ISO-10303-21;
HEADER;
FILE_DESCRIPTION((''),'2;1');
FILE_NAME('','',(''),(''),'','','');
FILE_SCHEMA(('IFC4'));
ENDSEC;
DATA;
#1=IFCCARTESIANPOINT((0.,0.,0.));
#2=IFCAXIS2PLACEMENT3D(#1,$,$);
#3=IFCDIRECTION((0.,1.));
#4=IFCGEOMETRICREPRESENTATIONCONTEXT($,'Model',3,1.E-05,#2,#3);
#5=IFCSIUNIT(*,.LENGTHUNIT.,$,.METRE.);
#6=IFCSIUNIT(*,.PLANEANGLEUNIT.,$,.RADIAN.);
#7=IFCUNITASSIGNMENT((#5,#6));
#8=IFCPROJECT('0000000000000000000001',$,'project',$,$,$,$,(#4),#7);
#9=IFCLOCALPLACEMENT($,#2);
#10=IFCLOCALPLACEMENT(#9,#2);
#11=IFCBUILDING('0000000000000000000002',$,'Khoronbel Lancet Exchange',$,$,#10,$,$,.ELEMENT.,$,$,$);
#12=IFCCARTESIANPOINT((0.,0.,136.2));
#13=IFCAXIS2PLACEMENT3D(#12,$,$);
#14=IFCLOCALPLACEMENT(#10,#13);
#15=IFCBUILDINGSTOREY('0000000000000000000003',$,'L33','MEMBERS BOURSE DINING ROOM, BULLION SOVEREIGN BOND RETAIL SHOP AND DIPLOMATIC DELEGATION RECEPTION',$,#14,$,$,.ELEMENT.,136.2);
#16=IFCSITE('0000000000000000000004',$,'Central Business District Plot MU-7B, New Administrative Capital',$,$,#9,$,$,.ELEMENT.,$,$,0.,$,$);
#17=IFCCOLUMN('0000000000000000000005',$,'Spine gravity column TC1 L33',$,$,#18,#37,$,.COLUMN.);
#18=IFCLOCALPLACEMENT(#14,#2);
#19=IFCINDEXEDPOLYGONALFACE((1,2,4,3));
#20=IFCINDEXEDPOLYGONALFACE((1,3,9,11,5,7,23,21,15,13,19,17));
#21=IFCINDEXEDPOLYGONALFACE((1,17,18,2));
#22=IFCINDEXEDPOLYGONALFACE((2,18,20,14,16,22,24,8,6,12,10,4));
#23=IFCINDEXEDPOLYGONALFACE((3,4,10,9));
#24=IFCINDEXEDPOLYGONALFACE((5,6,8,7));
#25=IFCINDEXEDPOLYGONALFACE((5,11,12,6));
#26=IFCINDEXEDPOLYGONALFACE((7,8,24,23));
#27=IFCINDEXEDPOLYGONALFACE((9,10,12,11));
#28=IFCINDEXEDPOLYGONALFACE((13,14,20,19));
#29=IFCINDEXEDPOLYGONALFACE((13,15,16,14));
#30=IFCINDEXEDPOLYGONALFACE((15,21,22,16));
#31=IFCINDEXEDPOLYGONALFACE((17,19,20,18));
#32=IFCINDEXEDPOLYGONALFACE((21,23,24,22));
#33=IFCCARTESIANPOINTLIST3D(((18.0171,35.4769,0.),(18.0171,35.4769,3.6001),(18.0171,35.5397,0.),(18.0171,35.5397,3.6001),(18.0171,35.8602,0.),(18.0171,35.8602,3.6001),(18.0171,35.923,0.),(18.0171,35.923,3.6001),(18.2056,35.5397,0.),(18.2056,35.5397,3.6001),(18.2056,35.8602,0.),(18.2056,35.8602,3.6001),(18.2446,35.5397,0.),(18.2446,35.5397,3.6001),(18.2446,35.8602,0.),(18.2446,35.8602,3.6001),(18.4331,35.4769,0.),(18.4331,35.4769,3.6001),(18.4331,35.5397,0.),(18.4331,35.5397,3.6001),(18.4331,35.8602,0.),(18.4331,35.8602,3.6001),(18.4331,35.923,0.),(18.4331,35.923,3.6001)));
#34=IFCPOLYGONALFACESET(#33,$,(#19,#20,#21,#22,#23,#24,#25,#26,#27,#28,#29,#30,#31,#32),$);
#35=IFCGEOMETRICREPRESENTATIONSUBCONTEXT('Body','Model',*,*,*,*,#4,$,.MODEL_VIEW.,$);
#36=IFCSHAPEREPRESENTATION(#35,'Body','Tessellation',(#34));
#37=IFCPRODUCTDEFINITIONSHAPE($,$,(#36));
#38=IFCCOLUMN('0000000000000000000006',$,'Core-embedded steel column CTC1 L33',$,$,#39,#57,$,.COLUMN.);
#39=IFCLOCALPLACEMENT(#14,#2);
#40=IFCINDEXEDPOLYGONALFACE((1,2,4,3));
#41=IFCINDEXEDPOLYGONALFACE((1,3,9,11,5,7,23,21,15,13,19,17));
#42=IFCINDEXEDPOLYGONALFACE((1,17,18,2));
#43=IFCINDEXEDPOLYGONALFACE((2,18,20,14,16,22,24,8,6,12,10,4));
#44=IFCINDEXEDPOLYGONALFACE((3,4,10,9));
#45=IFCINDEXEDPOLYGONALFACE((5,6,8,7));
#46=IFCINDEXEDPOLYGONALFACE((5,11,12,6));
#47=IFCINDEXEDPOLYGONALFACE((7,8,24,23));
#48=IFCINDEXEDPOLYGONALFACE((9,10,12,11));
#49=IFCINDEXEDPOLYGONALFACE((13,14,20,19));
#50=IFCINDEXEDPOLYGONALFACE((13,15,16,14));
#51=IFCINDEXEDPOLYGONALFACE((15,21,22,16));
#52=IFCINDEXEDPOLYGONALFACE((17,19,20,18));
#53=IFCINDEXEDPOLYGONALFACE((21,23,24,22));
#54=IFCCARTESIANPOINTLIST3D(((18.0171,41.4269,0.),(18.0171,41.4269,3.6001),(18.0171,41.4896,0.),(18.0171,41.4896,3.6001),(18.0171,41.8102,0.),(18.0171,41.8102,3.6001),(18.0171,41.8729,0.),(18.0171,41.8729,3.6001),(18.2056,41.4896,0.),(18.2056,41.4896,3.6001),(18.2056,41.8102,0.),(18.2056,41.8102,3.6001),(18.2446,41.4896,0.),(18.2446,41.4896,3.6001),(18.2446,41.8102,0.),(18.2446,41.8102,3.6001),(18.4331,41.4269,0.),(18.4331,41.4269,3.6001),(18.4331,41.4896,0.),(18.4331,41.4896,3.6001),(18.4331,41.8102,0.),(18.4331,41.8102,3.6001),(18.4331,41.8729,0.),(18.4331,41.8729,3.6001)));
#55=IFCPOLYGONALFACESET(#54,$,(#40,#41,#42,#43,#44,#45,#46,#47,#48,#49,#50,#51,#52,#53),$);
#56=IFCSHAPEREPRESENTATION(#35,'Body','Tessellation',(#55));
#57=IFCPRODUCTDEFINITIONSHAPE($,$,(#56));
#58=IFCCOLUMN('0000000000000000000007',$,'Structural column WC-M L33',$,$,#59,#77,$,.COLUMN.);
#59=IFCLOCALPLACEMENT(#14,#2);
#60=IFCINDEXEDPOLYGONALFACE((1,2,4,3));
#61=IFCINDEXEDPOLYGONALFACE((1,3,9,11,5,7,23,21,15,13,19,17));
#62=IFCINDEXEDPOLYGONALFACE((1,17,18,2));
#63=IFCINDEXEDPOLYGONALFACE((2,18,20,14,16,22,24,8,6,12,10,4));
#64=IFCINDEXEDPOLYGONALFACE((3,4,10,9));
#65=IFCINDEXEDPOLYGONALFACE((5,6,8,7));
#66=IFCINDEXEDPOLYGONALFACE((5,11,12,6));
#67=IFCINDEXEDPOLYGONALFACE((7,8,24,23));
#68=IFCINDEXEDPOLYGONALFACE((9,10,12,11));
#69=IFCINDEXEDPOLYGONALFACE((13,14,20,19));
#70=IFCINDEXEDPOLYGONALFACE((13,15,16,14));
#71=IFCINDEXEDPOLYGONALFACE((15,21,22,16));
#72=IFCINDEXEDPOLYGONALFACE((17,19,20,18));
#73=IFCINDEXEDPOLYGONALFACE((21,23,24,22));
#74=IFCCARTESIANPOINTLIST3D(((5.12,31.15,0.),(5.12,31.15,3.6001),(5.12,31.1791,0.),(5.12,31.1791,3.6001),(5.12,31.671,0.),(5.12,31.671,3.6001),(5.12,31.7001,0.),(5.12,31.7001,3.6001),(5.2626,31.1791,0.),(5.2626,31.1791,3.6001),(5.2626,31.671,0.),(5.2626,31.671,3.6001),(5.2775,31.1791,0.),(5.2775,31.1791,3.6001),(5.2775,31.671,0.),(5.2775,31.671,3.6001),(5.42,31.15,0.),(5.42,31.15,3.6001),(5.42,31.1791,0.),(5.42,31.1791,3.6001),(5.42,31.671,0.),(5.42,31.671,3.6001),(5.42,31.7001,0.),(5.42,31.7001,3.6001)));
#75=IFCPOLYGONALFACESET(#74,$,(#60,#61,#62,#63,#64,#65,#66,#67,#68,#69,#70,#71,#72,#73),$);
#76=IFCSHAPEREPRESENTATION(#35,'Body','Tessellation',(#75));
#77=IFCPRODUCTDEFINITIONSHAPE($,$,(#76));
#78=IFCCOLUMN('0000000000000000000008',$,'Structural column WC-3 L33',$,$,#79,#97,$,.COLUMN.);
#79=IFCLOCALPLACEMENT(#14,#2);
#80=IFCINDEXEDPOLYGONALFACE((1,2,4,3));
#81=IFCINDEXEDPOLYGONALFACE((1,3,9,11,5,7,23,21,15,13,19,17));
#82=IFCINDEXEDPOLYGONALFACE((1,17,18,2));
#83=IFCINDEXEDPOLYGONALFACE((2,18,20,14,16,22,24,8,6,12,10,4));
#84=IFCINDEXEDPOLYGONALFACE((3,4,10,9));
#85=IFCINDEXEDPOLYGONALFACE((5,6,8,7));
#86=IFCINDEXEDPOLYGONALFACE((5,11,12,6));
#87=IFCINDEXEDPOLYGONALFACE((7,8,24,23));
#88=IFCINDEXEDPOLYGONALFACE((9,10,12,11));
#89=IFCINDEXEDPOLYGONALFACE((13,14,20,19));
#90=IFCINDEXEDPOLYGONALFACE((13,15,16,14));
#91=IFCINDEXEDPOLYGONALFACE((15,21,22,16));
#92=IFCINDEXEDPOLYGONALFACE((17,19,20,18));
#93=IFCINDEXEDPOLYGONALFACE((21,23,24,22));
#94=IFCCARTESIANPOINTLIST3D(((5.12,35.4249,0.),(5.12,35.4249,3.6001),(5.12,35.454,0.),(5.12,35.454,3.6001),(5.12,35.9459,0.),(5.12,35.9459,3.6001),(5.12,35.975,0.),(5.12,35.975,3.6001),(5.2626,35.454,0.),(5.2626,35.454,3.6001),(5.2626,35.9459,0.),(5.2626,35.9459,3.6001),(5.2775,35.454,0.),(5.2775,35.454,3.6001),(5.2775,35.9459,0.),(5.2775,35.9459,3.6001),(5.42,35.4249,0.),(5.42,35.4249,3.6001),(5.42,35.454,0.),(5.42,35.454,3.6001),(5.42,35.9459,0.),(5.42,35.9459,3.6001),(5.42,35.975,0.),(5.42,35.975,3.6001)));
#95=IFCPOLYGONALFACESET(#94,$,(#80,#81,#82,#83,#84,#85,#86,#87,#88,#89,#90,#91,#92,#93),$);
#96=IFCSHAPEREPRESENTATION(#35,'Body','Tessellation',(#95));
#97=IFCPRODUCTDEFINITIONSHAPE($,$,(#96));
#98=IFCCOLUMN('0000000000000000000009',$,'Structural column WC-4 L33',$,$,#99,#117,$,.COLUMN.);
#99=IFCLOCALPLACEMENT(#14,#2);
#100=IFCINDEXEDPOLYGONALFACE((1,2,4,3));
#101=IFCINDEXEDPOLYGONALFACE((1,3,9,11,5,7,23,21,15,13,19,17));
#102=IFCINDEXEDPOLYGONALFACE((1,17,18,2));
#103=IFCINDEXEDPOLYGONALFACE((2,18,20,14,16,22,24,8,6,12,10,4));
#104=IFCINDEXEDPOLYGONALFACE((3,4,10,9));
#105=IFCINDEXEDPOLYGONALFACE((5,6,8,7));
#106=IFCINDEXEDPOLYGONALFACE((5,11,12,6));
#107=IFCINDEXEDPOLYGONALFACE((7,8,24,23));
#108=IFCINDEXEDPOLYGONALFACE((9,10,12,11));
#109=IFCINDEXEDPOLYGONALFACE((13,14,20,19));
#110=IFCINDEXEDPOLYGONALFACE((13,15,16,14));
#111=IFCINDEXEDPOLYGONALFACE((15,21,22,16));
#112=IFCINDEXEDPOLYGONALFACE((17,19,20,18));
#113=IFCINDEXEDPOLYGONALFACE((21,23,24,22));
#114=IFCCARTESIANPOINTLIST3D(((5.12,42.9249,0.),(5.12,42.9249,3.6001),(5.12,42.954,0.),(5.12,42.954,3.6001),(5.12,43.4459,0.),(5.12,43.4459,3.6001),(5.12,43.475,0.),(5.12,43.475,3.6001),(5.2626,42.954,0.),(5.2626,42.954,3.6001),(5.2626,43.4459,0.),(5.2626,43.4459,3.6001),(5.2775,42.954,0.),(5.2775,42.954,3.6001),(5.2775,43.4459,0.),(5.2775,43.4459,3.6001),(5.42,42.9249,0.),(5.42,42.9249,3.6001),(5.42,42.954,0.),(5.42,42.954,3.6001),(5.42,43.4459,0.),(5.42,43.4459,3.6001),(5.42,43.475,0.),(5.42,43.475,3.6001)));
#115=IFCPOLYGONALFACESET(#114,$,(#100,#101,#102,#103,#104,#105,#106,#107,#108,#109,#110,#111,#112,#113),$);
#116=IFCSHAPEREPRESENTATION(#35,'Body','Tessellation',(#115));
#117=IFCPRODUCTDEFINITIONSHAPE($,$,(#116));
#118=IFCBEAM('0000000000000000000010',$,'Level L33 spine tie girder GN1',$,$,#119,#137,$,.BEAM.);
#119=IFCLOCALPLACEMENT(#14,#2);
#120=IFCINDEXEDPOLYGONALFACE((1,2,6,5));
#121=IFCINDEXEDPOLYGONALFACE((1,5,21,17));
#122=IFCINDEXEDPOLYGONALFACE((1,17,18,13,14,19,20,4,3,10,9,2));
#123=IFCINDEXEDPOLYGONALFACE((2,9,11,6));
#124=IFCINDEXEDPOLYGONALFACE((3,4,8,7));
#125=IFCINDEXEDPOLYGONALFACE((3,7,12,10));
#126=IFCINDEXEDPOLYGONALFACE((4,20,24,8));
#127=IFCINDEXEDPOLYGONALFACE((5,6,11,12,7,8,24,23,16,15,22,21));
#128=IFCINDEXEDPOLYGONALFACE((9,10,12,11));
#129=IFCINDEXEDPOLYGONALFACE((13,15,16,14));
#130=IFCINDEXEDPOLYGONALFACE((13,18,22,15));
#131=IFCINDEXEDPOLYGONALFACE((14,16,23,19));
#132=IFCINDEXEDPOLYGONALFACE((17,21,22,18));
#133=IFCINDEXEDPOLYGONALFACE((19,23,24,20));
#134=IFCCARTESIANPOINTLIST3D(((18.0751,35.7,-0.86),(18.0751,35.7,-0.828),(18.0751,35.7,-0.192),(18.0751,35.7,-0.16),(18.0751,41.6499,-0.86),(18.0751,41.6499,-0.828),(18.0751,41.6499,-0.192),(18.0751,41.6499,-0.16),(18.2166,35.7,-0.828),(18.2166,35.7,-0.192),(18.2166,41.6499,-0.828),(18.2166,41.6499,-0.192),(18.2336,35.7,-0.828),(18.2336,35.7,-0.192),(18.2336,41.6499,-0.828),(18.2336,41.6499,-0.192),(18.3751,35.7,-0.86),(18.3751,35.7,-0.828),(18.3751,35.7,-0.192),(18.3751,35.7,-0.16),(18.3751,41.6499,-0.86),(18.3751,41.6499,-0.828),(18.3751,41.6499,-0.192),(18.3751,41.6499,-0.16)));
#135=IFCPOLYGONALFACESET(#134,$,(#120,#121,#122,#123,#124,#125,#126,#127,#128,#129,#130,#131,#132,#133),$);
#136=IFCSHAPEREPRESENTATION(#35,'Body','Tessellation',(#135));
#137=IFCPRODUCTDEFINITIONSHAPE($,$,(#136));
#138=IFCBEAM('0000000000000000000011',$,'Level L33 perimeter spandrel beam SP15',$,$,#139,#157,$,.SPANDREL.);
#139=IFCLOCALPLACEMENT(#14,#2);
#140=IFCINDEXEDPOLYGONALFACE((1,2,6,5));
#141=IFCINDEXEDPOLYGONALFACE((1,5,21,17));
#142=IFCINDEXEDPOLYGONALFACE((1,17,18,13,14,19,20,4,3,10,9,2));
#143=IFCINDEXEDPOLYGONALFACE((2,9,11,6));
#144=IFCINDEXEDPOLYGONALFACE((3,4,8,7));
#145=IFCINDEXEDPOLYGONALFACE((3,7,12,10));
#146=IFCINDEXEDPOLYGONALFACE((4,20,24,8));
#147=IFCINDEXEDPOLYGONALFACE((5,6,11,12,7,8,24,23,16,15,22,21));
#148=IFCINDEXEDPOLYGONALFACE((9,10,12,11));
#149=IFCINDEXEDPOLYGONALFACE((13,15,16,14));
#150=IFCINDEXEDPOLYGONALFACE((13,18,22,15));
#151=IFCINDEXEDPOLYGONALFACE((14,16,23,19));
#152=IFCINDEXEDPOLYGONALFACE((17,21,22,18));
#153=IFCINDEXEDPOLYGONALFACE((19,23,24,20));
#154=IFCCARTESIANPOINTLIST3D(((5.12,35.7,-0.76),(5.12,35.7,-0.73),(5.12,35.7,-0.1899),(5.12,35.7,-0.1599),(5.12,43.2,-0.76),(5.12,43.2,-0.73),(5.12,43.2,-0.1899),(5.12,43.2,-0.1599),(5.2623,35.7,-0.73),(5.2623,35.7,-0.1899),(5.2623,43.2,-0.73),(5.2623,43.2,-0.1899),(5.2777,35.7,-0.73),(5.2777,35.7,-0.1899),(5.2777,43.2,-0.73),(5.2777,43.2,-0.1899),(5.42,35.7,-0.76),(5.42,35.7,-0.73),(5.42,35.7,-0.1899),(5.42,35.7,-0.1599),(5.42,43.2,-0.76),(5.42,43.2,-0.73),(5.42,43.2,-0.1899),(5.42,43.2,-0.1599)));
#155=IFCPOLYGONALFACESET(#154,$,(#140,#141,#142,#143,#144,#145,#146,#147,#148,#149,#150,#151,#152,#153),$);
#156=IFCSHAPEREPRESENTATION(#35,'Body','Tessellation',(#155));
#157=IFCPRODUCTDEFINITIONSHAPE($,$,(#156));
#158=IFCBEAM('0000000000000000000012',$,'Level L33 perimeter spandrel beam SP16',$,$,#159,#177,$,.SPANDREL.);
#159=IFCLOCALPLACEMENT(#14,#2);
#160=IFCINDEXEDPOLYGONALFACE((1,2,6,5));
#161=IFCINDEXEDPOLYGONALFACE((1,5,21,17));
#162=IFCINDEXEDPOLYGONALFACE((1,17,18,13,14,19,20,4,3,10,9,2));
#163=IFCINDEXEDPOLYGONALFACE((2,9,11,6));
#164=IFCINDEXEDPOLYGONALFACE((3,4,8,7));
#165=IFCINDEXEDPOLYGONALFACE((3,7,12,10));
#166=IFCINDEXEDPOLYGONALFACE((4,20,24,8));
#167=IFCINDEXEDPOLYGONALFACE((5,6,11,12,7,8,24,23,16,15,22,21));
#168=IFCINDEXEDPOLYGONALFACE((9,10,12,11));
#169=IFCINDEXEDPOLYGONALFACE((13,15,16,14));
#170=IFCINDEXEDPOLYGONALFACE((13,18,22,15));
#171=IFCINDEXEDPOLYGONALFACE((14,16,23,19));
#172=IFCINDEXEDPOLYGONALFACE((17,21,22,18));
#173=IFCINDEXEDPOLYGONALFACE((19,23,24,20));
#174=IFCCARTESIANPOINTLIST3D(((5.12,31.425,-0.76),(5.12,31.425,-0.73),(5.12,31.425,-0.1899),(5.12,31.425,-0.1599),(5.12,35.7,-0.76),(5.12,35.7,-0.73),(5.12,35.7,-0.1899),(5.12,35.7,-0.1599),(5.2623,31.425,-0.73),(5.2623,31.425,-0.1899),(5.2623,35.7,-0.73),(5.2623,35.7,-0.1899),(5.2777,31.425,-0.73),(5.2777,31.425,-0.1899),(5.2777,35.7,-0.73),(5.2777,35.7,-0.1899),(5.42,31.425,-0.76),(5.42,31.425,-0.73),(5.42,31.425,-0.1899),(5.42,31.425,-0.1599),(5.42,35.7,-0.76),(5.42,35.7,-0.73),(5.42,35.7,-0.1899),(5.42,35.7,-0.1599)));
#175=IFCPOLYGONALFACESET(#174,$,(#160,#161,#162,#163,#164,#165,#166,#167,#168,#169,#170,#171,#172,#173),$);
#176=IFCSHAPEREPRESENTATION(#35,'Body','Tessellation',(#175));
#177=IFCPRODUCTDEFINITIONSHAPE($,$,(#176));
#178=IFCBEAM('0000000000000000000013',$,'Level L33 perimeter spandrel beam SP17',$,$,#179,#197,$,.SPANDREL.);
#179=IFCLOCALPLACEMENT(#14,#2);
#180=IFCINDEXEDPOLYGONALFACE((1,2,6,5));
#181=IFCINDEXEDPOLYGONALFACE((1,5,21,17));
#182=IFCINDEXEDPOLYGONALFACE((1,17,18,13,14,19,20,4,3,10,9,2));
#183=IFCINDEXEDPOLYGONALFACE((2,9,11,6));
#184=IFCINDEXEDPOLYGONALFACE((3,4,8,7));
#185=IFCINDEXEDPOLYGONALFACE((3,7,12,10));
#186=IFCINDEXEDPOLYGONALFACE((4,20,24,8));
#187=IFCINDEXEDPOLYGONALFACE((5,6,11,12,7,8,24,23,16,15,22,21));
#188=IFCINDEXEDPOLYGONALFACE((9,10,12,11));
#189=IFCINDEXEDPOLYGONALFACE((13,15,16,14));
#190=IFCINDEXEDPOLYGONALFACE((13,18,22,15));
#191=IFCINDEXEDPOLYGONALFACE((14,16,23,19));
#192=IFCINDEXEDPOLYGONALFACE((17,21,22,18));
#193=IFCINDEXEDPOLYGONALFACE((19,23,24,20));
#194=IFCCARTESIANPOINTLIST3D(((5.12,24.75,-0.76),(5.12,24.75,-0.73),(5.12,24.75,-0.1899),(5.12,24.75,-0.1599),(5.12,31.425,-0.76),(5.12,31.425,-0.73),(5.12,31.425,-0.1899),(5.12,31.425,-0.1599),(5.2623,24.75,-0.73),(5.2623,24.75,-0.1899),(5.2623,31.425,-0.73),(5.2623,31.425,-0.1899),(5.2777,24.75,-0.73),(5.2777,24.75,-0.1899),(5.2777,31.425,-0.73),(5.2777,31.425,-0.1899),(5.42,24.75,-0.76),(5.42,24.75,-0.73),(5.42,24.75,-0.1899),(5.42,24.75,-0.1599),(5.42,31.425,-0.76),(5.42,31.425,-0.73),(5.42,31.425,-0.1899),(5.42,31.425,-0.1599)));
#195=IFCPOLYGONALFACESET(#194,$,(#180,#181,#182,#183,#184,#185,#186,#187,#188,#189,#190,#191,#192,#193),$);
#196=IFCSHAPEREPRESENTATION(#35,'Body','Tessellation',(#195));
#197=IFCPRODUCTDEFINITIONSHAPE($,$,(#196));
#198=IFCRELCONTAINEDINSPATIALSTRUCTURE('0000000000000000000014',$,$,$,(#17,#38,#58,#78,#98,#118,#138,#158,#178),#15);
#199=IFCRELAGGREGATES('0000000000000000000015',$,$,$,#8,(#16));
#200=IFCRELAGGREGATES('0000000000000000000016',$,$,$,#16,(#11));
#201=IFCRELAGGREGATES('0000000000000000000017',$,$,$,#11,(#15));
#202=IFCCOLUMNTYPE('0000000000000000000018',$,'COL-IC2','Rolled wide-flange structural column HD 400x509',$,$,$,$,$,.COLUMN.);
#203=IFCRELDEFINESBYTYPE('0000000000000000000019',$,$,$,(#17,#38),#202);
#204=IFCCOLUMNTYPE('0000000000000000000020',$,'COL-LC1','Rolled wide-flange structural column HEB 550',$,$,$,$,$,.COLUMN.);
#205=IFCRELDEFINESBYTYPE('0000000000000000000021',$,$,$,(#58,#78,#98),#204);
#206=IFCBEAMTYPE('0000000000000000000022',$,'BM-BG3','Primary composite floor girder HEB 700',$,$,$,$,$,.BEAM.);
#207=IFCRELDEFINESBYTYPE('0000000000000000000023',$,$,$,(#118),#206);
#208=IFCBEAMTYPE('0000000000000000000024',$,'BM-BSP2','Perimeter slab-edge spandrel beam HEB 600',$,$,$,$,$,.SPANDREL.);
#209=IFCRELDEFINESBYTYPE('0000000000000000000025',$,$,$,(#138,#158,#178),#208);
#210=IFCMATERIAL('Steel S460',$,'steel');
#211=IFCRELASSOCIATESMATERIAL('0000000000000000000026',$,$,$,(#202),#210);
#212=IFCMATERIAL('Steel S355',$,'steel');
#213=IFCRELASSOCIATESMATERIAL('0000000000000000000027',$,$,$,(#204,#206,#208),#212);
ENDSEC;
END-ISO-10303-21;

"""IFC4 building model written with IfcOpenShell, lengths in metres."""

from ifc_helpers import new_model, si_unit, direction, frame, origin, origin_2d, place, context, subcontext, project, spatial, i_section, extrude, material, material_profile, profile_set, type_object, element, save


model = new_model("IFC4")

# Units and contexts
model_context = context("Model", 3, precision=1e-05, world=origin(), true_north=direction((0.0, 1.0)))
body_context = subcontext(model_context, "Body", "Model", "MODEL_VIEW")
ifc_project = project(units=[si_unit("LENGTHUNIT", "METRE"), si_unit("PLANEANGLEUNIT", "RADIAN")], contexts=[model_context])

# Site, building, storey
site_placement = place(None, origin())
site = spatial("IfcSite", under=ifc_project, at=site_placement, Name="Central Business District Plot MU-7B, New Administrative Capital", CompositionType="ELEMENT", RefElevation=0.0)
building_placement = place(site_placement, origin())
building = spatial("IfcBuilding", under=site, at=building_placement, Name="Khoronbel Lancet Exchange", CompositionType="ELEMENT")
storey_placement = place(building_placement, frame((0.0, 0.0, 136.2)))
storey = spatial("IfcBuildingStorey", under=building, at=storey_placement, Name="L33", Description="MEMBERS BOURSE DINING ROOM, BULLION SOVEREIGN BOND RETAIL SHOP AND DIPLOMATIC DELEGATION RECEPTION", CompositionType="ELEMENT", Elevation=136.2)

# Columns
ifc_material_1 = material(Name="Steel S460", Category="steel")
ifc_material_profile_1 = material_profile(ifc_material_1, i_section(OverallWidth=0.416, OverallDepth=0.446, WebThickness=0.0391, FlangeThickness=0.0627, at=origin_2d()), Name="HD 400x509")
ifc_profile_set_1 = profile_set([ifc_material_profile_1], Name="Steel S460")
column_type_1 = type_object("IfcColumnType", Name="COL-IC2", Description="Rolled wide-flange structural column HD 400x509", PredefinedType="COLUMN", material=ifc_profile_set_1)
for number, where, z_axis, x_axis, name in (
    (1, (18.2251, 35.7, 0.0), (0.0, 0.0, 1.0), (1.0, 0.0, 0.0), "Spine gravity column TC1 L33"),
    (2, (18.2251, 41.6499, 0.0), (0.0, 0.0, 1.0), (1.0, 0.0, 0.0), "Core-embedded steel column CTC1 L33"),
):
    element("IfcColumn", number, at=place(storey_placement, frame(where, z_axis=z_axis, x_axis=x_axis)), inside=storey, type_object=column_type_1, Name=name, PredefinedType="COLUMN", context=body_context, shape_type="SweptSolid", body=[
        extrude(i_section(OverallWidth=0.416, OverallDepth=0.446, WebThickness=0.0391, FlangeThickness=0.0627, at=origin_2d()), origin(), (0.0, 0.0, 1.0), 3.6001),
    ])
ifc_material_2 = material(Name="Steel S355", Category="steel")
ifc_material_profile_2 = material_profile(ifc_material_2, i_section(OverallWidth=0.3, OverallDepth=0.55, WebThickness=0.0149, FlangeThickness=0.0291, at=origin_2d()), Name="HEB 550")
ifc_profile_set_2 = profile_set([ifc_material_profile_2], Name="Steel S355")
column_type_2 = type_object("IfcColumnType", Name="COL-LC1", Description="Rolled wide-flange structural column HEB 550", PredefinedType="COLUMN", material=ifc_profile_set_2)
for number, where, z_axis, x_axis, name in (
    (3, (5.27, 31.425, 0.0), (0.0, 0.0, 1.0), (1.0, 0.0, 0.0), "Structural column WC-M L33"),
    (4, (5.27, 35.7, 0.0), (0.0, 0.0, 1.0), (1.0, 0.0, 0.0), "Structural column WC-3 L33"),
    (5, (5.27, 43.2, 0.0), (0.0, 0.0, 1.0), (1.0, 0.0, 0.0), "Structural column WC-4 L33"),
):
    element("IfcColumn", number, at=place(storey_placement, frame(where, z_axis=z_axis, x_axis=x_axis)), inside=storey, type_object=column_type_2, Name=name, PredefinedType="COLUMN", context=body_context, shape_type="SweptSolid", body=[
        extrude(i_section(OverallWidth=0.3, OverallDepth=0.55, WebThickness=0.0149, FlangeThickness=0.0291, at=origin_2d()), origin(), (0.0, 0.0, 1.0), 3.6001),
    ])

# Beams
ifc_material_profile_3 = material_profile(ifc_material_2, i_section(OverallWidth=0.3, OverallDepth=0.7, WebThickness=0.0171, FlangeThickness=0.032, at=origin_2d()), Name="HEB 700")
ifc_profile_set_3 = profile_set([ifc_material_profile_3], Name="Steel S355")
beam_type_1 = type_object("IfcBeamType", Name="BM-BG3", Description="Primary composite floor girder HEB 700", PredefinedType="BEAM", material=ifc_profile_set_3)
beam_1_placement = place(storey_placement, frame((18.2251, 35.7, -0.51), z_axis=(0.0, 1.0, 0.0), x_axis=(-1.0, 0.0, 0.0)))
element("IfcBeam", 6, at=beam_1_placement, inside=storey, type_object=beam_type_1, Name="Level L33 spine tie girder GN1", PredefinedType="BEAM", context=body_context, shape_type="SweptSolid", body=[
    extrude(i_section(OverallWidth=0.3, OverallDepth=0.7, WebThickness=0.0171, FlangeThickness=0.032, at=origin_2d()), origin(), (0.0, 0.0, 1.0), 5.95),
])
ifc_material_profile_4 = material_profile(ifc_material_2, i_section(OverallWidth=0.3, OverallDepth=0.6001, WebThickness=0.0154, FlangeThickness=0.03, at=origin_2d()), Name="HEB 600")
ifc_profile_set_4 = profile_set([ifc_material_profile_4], Name="Steel S355")
beam_type_2 = type_object("IfcBeamType", Name="BM-BSP2", Description="Perimeter slab-edge spandrel beam HEB 600", PredefinedType="SPANDREL", material=ifc_profile_set_4)
beam_2_placement = place(storey_placement, frame((5.27, 43.2, -0.46), z_axis=(0.0, -1.0, 0.0), x_axis=(1.0, 0.0, 0.0)))
element("IfcBeam", 7, at=beam_2_placement, inside=storey, type_object=beam_type_2, Name="Level L33 perimeter spandrel beam SP15", PredefinedType="SPANDREL", context=body_context, shape_type="SweptSolid", body=[
    extrude(i_section(OverallWidth=0.3, OverallDepth=0.6001, WebThickness=0.0154, FlangeThickness=0.03, at=origin_2d()), origin(), (0.0, 0.0, 1.0), 7.5),
])
beam_3_placement = place(storey_placement, frame((5.27, 35.7, -0.46), z_axis=(0.0, -1.0, 0.0), x_axis=(1.0, 0.0, 0.0)))
element("IfcBeam", 8, at=beam_3_placement, inside=storey, type_object=beam_type_2, Name="Level L33 perimeter spandrel beam SP16", PredefinedType="SPANDREL", context=body_context, shape_type="SweptSolid", body=[
    extrude(i_section(OverallWidth=0.3, OverallDepth=0.6001, WebThickness=0.0154, FlangeThickness=0.03, at=origin_2d()), origin(), (0.0, 0.0, 1.0), 4.2749),
])
beam_4_placement = place(storey_placement, frame((5.27, 31.425, -0.46), z_axis=(0.0, -1.0, 0.0), x_axis=(1.0, 0.0, 0.0)))
element("IfcBeam", 9, at=beam_4_placement, inside=storey, type_object=beam_type_2, Name="Level L33 perimeter spandrel beam SP17", PredefinedType="SPANDREL", context=body_context, shape_type="SweptSolid", body=[
    extrude(i_section(OverallWidth=0.3, OverallDepth=0.6001, WebThickness=0.0154, FlangeThickness=0.03, at=origin_2d()), origin(), (0.0, 0.0, 1.0), 6.675),
])

save(model, "model.ifc")
